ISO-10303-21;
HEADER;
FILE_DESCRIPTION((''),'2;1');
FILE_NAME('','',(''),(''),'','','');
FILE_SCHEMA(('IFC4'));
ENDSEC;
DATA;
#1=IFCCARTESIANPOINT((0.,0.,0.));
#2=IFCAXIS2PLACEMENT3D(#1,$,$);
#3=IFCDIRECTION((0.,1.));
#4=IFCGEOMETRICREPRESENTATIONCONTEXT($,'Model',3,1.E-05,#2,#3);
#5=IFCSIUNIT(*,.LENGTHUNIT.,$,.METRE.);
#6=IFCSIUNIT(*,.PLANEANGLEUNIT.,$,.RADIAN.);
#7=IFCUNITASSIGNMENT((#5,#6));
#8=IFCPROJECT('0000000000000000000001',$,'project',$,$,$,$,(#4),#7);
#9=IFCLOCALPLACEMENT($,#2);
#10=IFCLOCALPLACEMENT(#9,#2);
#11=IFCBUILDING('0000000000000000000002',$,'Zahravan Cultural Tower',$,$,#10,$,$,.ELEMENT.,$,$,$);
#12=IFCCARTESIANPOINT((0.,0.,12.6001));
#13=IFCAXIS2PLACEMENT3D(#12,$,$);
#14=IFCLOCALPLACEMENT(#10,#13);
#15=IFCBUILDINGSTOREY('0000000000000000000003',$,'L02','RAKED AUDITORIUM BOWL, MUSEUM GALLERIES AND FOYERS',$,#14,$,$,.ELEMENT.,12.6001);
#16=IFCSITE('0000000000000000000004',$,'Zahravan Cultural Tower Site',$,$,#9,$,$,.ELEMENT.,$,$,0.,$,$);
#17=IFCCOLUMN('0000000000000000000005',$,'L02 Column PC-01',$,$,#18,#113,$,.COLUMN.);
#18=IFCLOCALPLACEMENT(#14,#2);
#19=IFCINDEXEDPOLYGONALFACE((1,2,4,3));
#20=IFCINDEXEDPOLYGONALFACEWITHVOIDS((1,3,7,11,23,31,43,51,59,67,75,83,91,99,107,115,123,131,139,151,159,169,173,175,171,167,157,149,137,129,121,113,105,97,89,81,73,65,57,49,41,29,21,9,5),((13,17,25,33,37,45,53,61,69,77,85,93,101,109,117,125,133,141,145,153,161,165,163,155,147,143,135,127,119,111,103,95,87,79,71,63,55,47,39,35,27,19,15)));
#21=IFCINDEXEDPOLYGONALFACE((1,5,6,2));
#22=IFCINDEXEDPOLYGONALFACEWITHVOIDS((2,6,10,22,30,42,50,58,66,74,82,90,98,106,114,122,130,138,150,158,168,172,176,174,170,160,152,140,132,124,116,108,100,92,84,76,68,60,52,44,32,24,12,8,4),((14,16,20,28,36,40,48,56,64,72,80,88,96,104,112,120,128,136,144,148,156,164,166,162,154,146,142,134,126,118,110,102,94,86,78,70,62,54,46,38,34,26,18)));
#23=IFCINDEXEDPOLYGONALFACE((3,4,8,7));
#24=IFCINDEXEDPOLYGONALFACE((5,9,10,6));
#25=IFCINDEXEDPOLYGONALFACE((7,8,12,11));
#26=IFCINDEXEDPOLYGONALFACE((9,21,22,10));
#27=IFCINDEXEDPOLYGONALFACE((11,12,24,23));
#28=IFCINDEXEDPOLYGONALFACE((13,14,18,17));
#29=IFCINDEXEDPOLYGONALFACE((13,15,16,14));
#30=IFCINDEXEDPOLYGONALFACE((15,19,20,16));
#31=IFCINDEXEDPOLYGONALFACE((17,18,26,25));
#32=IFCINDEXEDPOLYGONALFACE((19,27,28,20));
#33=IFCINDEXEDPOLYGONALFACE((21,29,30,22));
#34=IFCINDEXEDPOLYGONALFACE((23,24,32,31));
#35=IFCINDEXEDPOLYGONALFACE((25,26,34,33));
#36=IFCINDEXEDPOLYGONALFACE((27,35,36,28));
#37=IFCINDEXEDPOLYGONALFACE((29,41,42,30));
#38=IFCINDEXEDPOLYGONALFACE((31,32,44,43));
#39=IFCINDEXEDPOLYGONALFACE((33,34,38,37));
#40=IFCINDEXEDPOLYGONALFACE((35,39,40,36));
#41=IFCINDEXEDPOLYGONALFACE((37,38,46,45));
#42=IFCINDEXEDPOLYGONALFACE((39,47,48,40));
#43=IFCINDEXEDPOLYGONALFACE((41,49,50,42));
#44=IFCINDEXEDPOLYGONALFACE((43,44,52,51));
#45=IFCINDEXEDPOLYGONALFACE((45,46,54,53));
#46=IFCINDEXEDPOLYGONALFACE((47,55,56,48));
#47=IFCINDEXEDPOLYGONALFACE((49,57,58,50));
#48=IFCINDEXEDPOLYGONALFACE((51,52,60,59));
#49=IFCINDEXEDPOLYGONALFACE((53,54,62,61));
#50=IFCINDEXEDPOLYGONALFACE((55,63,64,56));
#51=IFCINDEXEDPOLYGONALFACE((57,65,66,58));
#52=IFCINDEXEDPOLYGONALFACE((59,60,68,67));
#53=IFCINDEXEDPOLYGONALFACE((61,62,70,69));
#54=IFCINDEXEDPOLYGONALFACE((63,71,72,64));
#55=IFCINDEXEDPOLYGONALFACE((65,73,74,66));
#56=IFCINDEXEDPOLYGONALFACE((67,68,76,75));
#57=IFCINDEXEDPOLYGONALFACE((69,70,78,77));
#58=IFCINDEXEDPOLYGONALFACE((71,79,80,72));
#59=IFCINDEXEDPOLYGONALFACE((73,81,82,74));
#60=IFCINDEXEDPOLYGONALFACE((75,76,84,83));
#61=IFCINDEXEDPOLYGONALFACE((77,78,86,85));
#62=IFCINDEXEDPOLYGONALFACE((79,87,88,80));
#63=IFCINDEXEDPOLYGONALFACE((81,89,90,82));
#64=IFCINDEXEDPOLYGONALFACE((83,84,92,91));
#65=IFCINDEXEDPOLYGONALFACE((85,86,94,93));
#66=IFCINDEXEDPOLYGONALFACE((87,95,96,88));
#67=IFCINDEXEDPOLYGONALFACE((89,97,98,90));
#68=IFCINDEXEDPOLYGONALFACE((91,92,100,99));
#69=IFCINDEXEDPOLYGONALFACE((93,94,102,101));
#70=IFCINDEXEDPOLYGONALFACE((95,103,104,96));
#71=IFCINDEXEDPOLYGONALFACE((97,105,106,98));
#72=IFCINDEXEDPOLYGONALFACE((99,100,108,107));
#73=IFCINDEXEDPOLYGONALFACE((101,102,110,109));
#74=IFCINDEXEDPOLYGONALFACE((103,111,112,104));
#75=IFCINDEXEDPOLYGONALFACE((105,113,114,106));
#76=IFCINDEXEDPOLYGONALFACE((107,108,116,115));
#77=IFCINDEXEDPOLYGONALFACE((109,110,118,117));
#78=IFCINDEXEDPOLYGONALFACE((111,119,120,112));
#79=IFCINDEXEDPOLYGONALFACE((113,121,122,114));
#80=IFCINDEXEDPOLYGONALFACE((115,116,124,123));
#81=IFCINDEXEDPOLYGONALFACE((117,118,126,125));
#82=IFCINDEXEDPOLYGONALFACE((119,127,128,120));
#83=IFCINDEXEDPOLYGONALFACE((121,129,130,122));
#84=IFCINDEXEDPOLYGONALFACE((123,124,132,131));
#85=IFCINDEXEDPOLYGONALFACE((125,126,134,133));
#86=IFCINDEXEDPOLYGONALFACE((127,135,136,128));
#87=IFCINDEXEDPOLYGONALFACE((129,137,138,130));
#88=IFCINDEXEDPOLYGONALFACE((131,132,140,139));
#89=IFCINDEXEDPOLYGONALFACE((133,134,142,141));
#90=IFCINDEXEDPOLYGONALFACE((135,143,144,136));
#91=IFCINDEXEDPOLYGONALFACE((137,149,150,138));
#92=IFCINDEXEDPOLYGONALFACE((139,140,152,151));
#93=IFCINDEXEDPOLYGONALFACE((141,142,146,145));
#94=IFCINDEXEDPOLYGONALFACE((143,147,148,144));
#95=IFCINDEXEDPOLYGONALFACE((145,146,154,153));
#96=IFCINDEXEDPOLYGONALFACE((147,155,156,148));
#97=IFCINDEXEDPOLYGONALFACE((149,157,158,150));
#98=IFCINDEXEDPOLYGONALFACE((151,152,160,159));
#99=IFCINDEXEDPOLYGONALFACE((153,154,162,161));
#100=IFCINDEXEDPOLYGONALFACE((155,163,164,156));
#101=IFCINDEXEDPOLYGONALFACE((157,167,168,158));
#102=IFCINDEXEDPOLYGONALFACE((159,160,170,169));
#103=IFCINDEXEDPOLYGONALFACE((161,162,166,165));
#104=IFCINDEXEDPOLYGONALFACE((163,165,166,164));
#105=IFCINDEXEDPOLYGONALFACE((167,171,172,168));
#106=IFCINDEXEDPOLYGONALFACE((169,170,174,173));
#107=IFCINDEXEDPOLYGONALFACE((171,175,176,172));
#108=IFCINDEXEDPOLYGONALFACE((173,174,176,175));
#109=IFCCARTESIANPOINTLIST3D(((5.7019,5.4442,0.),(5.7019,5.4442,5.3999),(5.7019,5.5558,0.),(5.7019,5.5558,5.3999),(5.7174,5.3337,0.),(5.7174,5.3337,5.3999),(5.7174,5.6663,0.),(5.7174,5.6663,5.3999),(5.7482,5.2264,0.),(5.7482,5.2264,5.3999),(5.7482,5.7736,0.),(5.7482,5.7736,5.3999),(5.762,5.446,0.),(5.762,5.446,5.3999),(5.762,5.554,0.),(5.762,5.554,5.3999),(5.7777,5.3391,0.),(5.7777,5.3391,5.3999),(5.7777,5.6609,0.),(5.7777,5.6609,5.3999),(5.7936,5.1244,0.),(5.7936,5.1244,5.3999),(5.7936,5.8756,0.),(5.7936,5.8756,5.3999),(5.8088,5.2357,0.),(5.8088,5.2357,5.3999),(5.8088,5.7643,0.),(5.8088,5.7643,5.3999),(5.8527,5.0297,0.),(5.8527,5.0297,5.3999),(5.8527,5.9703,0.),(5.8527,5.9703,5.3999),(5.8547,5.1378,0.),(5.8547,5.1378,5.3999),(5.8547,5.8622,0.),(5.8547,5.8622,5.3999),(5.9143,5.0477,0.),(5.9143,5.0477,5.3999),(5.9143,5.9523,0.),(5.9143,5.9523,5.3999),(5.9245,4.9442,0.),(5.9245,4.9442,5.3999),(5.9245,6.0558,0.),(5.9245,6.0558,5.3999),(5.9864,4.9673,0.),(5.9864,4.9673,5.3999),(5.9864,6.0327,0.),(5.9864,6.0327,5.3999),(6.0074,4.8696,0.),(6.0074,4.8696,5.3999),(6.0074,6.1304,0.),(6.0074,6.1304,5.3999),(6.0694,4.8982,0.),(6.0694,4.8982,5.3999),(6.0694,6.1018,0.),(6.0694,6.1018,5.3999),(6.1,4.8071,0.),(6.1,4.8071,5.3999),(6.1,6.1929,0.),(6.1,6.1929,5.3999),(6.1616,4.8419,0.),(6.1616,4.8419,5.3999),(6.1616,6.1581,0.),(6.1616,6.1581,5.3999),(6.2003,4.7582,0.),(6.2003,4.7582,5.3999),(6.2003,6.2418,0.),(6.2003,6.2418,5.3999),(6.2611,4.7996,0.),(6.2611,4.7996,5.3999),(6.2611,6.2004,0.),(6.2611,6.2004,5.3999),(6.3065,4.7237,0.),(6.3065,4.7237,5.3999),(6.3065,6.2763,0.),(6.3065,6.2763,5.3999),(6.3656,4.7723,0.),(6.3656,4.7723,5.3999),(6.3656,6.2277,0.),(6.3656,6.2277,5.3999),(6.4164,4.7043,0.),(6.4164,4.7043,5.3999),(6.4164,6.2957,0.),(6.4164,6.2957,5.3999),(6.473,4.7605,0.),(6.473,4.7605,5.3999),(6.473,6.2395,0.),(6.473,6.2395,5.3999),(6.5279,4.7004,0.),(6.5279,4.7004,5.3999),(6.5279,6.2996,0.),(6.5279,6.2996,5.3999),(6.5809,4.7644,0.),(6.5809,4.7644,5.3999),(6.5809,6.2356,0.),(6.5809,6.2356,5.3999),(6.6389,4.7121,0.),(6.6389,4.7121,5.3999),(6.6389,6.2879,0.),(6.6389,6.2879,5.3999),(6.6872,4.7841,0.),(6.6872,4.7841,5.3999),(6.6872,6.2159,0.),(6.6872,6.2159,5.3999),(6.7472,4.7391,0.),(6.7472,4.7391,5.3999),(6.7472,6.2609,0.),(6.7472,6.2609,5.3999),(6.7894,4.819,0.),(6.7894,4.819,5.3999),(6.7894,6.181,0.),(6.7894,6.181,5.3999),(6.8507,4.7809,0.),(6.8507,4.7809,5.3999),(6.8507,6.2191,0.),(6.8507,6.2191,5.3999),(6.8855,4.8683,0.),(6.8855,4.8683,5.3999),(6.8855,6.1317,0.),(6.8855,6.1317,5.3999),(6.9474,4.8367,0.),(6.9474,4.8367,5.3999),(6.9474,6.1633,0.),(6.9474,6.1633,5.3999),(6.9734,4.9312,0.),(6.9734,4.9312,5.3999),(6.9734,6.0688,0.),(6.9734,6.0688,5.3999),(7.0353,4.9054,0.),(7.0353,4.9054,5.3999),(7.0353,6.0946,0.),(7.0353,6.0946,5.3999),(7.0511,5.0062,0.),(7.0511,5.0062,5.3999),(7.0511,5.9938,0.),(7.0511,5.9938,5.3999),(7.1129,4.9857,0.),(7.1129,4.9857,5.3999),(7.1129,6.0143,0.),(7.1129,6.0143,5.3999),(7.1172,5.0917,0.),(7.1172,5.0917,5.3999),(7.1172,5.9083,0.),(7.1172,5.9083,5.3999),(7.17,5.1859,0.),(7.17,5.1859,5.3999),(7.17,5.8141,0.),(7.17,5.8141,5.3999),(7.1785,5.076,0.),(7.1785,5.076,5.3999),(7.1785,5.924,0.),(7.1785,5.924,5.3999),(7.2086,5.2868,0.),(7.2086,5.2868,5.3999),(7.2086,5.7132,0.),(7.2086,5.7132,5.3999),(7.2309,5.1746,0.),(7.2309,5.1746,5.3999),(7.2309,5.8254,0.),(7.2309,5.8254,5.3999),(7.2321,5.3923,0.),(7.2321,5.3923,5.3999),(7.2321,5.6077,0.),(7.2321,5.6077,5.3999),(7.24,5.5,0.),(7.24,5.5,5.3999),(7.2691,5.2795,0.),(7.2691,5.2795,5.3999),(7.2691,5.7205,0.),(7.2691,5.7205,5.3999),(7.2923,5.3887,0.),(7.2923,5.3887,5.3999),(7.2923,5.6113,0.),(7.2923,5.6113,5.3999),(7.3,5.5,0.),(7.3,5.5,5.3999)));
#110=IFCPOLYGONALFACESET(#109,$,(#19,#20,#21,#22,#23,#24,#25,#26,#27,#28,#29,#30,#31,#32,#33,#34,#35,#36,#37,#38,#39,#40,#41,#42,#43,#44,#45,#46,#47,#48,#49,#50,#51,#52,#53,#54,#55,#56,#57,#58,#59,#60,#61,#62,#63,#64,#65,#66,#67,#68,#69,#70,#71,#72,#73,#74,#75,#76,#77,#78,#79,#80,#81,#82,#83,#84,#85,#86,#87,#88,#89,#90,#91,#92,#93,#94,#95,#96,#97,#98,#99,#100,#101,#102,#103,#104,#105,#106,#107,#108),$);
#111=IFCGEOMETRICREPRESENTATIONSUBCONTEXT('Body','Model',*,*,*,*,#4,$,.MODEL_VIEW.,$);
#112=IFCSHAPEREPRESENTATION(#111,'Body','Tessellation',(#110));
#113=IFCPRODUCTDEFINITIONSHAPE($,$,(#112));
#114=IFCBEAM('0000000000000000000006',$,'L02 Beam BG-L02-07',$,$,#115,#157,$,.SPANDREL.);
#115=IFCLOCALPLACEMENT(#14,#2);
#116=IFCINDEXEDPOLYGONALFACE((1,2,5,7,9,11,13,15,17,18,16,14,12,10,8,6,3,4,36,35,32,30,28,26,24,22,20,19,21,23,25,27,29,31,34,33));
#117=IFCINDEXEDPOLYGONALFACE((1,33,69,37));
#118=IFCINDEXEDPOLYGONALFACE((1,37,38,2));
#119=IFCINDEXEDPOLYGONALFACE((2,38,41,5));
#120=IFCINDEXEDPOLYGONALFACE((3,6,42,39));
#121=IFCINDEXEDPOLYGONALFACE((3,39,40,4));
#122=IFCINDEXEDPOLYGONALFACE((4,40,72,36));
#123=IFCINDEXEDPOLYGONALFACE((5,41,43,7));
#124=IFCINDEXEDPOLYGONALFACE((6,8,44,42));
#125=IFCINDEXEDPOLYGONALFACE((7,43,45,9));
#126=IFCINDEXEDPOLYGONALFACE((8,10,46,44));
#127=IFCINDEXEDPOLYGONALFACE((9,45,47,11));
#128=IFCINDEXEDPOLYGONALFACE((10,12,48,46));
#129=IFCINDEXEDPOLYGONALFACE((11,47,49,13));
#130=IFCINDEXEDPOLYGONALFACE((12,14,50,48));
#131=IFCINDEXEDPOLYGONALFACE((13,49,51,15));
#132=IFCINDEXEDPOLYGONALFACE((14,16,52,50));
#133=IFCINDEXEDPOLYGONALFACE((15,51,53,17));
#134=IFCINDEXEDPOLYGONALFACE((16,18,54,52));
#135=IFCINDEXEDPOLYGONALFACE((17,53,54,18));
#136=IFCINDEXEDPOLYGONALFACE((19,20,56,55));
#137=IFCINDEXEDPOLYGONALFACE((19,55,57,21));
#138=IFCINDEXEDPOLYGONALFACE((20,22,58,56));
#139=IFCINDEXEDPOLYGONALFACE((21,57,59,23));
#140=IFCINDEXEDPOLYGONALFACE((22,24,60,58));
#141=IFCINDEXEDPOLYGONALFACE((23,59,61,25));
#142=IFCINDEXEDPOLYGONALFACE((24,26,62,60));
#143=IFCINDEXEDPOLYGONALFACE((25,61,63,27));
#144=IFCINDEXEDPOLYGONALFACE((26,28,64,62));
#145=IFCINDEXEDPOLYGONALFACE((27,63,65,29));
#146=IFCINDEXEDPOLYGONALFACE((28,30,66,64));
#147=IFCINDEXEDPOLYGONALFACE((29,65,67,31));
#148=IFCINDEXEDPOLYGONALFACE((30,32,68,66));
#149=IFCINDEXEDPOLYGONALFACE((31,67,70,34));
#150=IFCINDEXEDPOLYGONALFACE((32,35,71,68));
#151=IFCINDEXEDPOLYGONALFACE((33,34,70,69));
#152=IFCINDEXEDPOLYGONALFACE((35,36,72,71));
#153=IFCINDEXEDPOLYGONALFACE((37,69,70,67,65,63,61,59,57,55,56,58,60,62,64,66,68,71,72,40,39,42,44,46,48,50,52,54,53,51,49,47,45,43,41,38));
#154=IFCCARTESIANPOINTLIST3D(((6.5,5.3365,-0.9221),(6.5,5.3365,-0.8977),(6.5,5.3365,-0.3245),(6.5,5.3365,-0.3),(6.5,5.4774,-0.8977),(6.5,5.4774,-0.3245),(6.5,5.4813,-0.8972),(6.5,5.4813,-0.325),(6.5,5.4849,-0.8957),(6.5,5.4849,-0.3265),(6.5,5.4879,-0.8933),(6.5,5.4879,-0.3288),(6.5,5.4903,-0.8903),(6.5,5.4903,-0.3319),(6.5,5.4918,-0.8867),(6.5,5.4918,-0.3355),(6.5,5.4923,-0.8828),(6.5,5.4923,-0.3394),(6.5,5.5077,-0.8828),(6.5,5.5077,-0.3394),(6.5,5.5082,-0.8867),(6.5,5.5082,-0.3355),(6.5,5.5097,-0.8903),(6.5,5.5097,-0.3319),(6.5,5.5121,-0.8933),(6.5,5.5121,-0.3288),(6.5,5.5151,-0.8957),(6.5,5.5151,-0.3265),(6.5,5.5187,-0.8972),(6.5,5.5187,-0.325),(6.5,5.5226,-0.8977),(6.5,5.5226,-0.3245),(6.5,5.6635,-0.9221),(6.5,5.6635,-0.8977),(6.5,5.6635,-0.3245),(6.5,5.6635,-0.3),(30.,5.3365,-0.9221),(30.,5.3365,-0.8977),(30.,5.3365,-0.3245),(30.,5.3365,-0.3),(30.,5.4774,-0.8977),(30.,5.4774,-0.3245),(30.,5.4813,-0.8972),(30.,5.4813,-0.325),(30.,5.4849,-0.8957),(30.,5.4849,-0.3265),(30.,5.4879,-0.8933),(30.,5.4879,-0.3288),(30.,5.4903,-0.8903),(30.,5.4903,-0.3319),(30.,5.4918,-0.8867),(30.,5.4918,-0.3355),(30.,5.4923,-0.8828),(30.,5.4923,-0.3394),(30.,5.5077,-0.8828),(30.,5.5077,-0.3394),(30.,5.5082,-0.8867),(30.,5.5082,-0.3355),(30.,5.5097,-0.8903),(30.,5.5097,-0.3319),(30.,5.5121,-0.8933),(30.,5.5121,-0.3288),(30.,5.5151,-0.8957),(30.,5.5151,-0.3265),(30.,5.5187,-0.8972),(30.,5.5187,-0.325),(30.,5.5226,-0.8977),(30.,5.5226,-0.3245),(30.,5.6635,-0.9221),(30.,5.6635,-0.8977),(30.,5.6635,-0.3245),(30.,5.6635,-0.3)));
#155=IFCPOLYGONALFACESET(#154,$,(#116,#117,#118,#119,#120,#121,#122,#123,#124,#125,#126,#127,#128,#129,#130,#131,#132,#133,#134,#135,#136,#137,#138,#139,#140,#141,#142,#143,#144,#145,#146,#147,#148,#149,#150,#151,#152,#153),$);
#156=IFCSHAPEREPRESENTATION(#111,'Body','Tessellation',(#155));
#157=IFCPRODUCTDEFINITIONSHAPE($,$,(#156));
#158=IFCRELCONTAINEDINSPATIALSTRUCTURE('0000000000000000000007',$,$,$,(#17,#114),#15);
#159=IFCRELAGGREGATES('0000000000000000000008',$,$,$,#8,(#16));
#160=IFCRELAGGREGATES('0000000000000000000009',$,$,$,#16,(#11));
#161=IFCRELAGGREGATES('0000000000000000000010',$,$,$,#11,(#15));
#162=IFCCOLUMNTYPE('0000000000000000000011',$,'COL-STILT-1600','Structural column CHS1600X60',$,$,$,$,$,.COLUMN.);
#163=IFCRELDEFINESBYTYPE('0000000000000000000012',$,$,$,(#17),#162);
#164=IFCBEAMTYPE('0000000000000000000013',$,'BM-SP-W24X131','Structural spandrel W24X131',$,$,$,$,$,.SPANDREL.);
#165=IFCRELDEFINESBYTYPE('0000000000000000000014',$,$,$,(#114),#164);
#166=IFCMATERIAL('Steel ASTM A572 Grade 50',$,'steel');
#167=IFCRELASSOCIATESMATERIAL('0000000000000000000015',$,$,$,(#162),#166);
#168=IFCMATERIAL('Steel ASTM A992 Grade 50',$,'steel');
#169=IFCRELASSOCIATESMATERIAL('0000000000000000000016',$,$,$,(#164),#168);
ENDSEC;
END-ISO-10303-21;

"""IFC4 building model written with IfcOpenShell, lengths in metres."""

from ifc_helpers import new_model, si_unit, direction, frame, origin, origin_2d, place, context, subcontext, project, spatial, hollow_circle, i_section, extrude, source, transform, mapped, material, material_profile, profile_set, type_object, element, save


model = new_model("IFC4")

# Units and contexts
model_context = context("Model", 3, precision=1e-05, world=origin(), true_north=direction((0.0, 1.0)))
body_context = subcontext(model_context, "Body", "Model", "MODEL_VIEW")
ifc_project = project(units=[si_unit("LENGTHUNIT", "METRE"), si_unit("PLANEANGLEUNIT", "RADIAN")], contexts=[model_context])

# Site, building, storey
site_placement = place(None, origin())
site = spatial("IfcSite", under=ifc_project, at=site_placement, Name="Zahravan Cultural Tower Site", CompositionType="ELEMENT", RefElevation=0.0)
building_placement = place(site_placement, origin())
building = spatial("IfcBuilding", under=site, at=building_placement, Name="Zahravan Cultural Tower", CompositionType="ELEMENT")
storey_placement = place(building_placement, frame((0.0, 0.0, 12.6001)))
storey = spatial("IfcBuildingStorey", under=building, at=storey_placement, Name="L02", Description="RAKED AUDITORIUM BOWL, MUSEUM GALLERIES AND FOYERS", CompositionType="ELEMENT", Elevation=12.6001)

# Column
ifc_material_1 = material(Name="Steel ASTM A572 Grade 50", Category="steel")
ifc_material_profile_1 = material_profile(ifc_material_1, hollow_circle(Radius=0.8, WallThickness=0.0601, at=origin_2d()), Name="CHS1600X60")
ifc_profile_set_1 = profile_set([ifc_material_profile_1], Name="Steel ASTM A572 Grade 50")
column_type = type_object("IfcColumnType", Name="COL-STILT-1600", Description="Structural column CHS1600X60", PredefinedType="COLUMN", material=ifc_profile_set_1)
shared_shape_1 = source(origin(), body_context, "Body", "SweptSolid", [
    extrude(hollow_circle(Radius=0.8, WallThickness=0.0601, at=origin_2d()), origin(), (0.0, 0.0, 1.0), 5.3999),
])
column_placement = place(storey_placement, frame((6.5, 5.5, 0.0), z_axis=(0.0, 0.0, 1.0), x_axis=(1.0, 0.0, 0.0)))
element("IfcColumn", 1, at=column_placement, inside=storey, type_object=column_type, Name="L02 Column PC-01", PredefinedType="COLUMN", context=body_context, shape_type="MappedRepresentation", body=[
    mapped(shared_shape_1, transform((0.0, 0.0, 0.0), x_axis=(1.0, 0.0, 0.0), y_axis=(0.0, 1.0, 0.0), z_axis=(0.0, 0.0, 1.0), scale=1.0)),
])

# Beam
ifc_material_2 = material(Name="Steel ASTM A992 Grade 50", Category="steel")
ifc_material_profile_2 = material_profile(ifc_material_2, i_section(OverallWidth=0.3269, OverallDepth=0.6221, WebThickness=0.0154, FlangeThickness=0.0244, FilletRadius=0.0149, at=origin_2d()), Name="W24X131")
ifc_profile_set_2 = profile_set([ifc_material_profile_2], Name="Steel ASTM A992 Grade 50")
beam_type_1 = type_object("IfcBeamType", Name="BM-SP-W24X131", Description="Structural spandrel W24X131", PredefinedType="SPANDREL", material=ifc_profile_set_2)
shared_shape_2 = source(origin(), body_context, "Body", "SweptSolid", [
    extrude(i_section(OverallWidth=0.3269, OverallDepth=0.6221, WebThickness=0.0154, FlangeThickness=0.0244, FilletRadius=0.0149, at=origin_2d()), origin(), (0.0, 0.0, 1.0), 23.5),
])
beam_1_placement = place(storey_placement, frame((6.5, 5.5, -0.6111), z_axis=(1.0, 0.0, 0.0), x_axis=(0.0, 1.0, 0.0)))
element("IfcBeam", 2, at=beam_1_placement, inside=storey, type_object=beam_type_1, Name="L02 Beam BG-L02-07", PredefinedType="SPANDREL", context=body_context, shape_type="MappedRepresentation", body=[
    mapped(shared_shape_2, transform((0.0, 0.0, 0.0), x_axis=(1.0, 0.0, 0.0), y_axis=(0.0, 1.0, 0.0), z_axis=(0.0, 0.0, 1.0), scale=1.0)),
])

save(model, "model.ifc")
